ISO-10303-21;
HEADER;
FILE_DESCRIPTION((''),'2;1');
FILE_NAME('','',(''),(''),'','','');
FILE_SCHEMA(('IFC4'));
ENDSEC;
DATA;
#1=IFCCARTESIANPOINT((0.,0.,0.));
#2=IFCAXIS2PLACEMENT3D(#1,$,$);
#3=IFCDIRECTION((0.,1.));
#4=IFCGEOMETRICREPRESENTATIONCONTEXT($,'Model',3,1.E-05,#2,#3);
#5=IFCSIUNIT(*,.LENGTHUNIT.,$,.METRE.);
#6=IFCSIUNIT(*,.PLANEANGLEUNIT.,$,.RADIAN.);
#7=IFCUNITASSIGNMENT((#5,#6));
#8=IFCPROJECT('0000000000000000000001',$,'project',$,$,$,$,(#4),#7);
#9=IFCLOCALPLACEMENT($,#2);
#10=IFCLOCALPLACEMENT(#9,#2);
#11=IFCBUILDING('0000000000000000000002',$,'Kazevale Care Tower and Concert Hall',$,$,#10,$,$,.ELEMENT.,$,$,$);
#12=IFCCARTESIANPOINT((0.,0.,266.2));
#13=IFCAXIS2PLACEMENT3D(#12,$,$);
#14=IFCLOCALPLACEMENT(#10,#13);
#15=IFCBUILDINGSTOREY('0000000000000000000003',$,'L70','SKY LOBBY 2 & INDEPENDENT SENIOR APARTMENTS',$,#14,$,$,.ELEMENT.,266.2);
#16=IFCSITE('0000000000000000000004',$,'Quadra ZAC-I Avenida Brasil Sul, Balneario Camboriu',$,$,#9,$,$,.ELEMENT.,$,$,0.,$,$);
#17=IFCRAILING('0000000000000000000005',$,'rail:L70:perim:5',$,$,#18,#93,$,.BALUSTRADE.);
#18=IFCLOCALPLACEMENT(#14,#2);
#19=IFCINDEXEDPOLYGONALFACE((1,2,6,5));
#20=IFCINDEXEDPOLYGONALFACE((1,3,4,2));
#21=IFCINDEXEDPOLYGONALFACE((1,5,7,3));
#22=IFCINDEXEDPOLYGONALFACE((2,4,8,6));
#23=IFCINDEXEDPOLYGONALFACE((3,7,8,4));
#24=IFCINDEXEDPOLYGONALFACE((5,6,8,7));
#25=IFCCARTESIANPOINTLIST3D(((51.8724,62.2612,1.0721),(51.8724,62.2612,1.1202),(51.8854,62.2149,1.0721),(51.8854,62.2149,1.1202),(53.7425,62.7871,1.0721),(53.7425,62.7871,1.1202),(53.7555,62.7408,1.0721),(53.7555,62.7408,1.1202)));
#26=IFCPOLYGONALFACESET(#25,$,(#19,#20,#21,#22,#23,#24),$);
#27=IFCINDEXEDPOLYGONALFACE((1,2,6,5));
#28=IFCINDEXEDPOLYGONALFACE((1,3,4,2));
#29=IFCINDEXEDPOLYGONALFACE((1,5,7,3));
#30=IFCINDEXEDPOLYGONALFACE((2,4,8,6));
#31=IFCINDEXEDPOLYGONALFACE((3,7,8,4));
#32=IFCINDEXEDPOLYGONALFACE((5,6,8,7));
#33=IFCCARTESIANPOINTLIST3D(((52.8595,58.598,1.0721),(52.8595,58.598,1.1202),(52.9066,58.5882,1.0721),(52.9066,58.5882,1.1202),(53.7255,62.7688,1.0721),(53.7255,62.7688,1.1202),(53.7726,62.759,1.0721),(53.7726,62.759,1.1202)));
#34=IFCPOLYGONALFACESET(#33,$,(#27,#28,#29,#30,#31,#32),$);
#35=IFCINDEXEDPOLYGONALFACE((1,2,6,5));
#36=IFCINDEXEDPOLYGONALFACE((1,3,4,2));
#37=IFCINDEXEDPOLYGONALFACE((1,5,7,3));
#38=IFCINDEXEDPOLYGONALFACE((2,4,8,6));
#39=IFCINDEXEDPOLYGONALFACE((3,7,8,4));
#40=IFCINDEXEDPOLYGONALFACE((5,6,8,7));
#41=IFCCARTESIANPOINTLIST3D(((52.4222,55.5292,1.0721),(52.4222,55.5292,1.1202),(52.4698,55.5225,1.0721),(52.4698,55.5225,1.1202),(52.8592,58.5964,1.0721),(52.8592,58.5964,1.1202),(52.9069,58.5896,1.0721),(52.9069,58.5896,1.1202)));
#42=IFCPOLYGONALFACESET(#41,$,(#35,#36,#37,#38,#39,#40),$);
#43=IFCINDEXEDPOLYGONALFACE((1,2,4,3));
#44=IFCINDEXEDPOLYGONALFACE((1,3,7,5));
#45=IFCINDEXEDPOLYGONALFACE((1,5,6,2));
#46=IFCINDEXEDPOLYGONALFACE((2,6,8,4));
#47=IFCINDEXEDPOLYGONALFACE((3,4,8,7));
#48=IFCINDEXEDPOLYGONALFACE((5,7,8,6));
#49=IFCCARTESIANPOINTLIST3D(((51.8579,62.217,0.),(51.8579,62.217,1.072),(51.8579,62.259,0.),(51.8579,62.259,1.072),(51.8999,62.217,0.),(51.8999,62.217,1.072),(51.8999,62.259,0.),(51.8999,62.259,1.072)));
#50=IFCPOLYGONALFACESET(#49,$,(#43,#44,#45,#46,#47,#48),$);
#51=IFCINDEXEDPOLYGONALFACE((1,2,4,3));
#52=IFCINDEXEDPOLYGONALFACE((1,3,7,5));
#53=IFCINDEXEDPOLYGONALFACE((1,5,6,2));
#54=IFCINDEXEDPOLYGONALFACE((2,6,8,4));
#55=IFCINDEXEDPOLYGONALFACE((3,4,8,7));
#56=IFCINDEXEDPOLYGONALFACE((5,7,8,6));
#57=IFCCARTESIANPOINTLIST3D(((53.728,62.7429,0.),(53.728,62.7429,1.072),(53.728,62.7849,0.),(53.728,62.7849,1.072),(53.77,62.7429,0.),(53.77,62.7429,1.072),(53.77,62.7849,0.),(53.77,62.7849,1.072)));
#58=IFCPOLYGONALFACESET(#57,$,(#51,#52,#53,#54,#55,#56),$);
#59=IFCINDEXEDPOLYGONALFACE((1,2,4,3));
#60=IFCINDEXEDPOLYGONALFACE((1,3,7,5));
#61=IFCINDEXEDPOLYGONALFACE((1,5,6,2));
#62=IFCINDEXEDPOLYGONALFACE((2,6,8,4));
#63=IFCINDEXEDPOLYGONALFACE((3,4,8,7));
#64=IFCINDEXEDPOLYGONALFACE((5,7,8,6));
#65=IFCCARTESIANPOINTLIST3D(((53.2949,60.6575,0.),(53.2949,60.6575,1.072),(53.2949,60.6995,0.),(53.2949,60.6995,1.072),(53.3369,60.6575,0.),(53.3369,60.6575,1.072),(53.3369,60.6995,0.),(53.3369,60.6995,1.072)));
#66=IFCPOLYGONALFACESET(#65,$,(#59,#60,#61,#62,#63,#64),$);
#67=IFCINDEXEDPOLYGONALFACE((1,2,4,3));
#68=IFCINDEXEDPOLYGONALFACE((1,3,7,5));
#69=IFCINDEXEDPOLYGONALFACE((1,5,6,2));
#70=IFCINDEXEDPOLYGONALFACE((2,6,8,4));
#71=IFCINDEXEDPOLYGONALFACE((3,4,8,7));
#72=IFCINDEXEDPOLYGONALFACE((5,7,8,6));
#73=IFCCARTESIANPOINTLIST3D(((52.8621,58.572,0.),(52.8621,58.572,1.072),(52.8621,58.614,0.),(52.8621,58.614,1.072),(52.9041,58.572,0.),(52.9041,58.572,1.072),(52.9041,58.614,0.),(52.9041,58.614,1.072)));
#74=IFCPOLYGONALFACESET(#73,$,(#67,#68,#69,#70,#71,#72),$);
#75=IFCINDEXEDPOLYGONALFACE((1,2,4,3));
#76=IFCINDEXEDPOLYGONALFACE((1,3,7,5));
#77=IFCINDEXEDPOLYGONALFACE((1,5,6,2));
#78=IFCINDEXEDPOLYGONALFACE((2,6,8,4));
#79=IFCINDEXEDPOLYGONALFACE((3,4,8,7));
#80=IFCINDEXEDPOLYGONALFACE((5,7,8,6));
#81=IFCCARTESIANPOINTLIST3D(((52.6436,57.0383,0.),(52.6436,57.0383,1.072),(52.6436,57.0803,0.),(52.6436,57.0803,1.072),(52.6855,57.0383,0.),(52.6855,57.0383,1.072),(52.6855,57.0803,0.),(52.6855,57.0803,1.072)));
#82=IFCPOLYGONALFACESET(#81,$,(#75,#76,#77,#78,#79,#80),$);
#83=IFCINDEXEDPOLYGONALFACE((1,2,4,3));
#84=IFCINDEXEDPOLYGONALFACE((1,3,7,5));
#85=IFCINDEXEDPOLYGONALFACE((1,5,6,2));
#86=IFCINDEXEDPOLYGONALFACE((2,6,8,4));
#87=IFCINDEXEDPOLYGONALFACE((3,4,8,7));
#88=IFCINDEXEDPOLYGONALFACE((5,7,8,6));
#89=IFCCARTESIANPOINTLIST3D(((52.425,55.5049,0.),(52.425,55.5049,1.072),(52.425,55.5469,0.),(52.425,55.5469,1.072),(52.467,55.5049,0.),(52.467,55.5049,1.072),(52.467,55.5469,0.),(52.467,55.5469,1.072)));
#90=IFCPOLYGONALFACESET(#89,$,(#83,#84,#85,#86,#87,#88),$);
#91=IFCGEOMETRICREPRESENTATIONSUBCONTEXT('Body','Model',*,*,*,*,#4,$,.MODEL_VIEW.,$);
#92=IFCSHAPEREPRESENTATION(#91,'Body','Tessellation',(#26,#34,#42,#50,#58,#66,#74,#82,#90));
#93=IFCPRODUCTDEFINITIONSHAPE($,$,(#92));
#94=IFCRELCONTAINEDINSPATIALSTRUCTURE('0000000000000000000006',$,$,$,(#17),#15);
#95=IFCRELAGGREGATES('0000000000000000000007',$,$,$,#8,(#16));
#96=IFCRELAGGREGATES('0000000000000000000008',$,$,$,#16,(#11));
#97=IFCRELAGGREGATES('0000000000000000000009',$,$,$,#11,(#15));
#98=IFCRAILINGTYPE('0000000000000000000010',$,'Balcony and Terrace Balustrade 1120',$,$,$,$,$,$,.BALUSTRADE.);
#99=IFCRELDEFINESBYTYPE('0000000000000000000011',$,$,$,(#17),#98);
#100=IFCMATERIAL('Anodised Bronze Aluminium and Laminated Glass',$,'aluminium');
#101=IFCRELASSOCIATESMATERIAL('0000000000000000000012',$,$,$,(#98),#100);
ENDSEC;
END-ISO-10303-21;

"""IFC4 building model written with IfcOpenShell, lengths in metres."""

from ifc_helpers import new_model, si_unit, direction, frame, origin, origin_2d, place, context, subcontext, project, spatial, rectangle, extrude, material, type_object, element, save


model = new_model("IFC4")

# Units and contexts
model_context = context("Model", 3, precision=1e-05, world=origin(), true_north=direction((0.0, 1.0)))
body_context = subcontext(model_context, "Body", "Model", "MODEL_VIEW")
ifc_project = project(units=[si_unit("LENGTHUNIT", "METRE"), si_unit("PLANEANGLEUNIT", "RADIAN")], contexts=[model_context])

# Site, building, storey
site_placement = place(None, origin())
site = spatial("IfcSite", under=ifc_project, at=site_placement, Name="Quadra ZAC-I Avenida Brasil Sul, Balneario Camboriu", CompositionType="ELEMENT", RefElevation=0.0)
building_placement = place(site_placement, origin())
building = spatial("IfcBuilding", under=site, at=building_placement, Name="Kazevale Care Tower and Concert Hall", CompositionType="ELEMENT")
storey_placement = place(building_placement, frame((0.0, 0.0, 266.2)))
storey = spatial("IfcBuildingStorey", under=building, at=storey_placement, Name="L70", Description="SKY LOBBY 2 & INDEPENDENT SENIOR APARTMENTS", CompositionType="ELEMENT", Elevation=266.2)

# Railing
ifc_material_1 = material(Name="Anodised Bronze Aluminium and Laminated Glass", Category="aluminium")
railing_type = type_object("IfcRailingType", Name="Balcony and Terrace Balustrade 1120", PredefinedType="BALUSTRADE", material=ifc_material_1)
railing_placement = place(storey_placement, frame((51.8789, 62.238, 0.0)))
element("IfcRailing", 1, at=railing_placement, inside=storey, type_object=railing_type, Name="rail:L70:perim:5", PredefinedType="BALUSTRADE", context=body_context, shape_type="SweptSolid", body=[
    extrude(rectangle(XDim=0.0481, YDim=0.0481, at=origin_2d()), frame((0.0, 0.0, 1.0962), z_axis=(0.962663, 0.270702, 0.0), x_axis=(-0.270702, 0.962663, 0.0)), (0.0, 0.0, 1.0), 1.9426),
    extrude(rectangle(XDim=0.0481, YDim=0.0481, at=origin_2d()), frame((1.8701, 0.5259, 1.0962), z_axis=(-0.203286, -0.979119, 0.0), x_axis=(0.979119, -0.203286, 0.0)), (0.0, 0.0, 1.0), 4.2598),
    extrude(rectangle(XDim=0.0481, YDim=0.0481, at=origin_2d()), frame((1.0042, -3.645, 1.0962), z_axis=(-0.141057, -0.990001, 0.0), x_axis=(0.990001, -0.141057, 0.0)), (0.0, 0.0, 1.0), 3.0981),
    extrude(rectangle(XDim=0.042, YDim=0.042, at=origin_2d()), origin(), (0.0, 0.0, 1.0), 1.072),
    extrude(rectangle(XDim=0.042, YDim=0.042, at=origin_2d()), frame((1.8701, 0.5259, 0.0)), (0.0, 0.0, 1.0), 1.072),
    extrude(rectangle(XDim=0.042, YDim=0.042, at=origin_2d()), frame((1.437, -1.5596, 0.0)), (0.0, 0.0, 1.0), 1.072),
    extrude(rectangle(XDim=0.042, YDim=0.042, at=origin_2d()), frame((1.0042, -3.645, 0.0)), (0.0, 0.0, 1.0), 1.072),
    extrude(rectangle(XDim=0.042, YDim=0.042, at=origin_2d()), frame((0.7856, -5.1787, 0.0)), (0.0, 0.0, 1.0), 1.072),
    extrude(rectangle(XDim=0.042, YDim=0.042, at=origin_2d()), frame((0.5671, -6.7122, 0.0)), (0.0, 0.0, 1.0), 1.072),
])

save(model, "model.ifc")
